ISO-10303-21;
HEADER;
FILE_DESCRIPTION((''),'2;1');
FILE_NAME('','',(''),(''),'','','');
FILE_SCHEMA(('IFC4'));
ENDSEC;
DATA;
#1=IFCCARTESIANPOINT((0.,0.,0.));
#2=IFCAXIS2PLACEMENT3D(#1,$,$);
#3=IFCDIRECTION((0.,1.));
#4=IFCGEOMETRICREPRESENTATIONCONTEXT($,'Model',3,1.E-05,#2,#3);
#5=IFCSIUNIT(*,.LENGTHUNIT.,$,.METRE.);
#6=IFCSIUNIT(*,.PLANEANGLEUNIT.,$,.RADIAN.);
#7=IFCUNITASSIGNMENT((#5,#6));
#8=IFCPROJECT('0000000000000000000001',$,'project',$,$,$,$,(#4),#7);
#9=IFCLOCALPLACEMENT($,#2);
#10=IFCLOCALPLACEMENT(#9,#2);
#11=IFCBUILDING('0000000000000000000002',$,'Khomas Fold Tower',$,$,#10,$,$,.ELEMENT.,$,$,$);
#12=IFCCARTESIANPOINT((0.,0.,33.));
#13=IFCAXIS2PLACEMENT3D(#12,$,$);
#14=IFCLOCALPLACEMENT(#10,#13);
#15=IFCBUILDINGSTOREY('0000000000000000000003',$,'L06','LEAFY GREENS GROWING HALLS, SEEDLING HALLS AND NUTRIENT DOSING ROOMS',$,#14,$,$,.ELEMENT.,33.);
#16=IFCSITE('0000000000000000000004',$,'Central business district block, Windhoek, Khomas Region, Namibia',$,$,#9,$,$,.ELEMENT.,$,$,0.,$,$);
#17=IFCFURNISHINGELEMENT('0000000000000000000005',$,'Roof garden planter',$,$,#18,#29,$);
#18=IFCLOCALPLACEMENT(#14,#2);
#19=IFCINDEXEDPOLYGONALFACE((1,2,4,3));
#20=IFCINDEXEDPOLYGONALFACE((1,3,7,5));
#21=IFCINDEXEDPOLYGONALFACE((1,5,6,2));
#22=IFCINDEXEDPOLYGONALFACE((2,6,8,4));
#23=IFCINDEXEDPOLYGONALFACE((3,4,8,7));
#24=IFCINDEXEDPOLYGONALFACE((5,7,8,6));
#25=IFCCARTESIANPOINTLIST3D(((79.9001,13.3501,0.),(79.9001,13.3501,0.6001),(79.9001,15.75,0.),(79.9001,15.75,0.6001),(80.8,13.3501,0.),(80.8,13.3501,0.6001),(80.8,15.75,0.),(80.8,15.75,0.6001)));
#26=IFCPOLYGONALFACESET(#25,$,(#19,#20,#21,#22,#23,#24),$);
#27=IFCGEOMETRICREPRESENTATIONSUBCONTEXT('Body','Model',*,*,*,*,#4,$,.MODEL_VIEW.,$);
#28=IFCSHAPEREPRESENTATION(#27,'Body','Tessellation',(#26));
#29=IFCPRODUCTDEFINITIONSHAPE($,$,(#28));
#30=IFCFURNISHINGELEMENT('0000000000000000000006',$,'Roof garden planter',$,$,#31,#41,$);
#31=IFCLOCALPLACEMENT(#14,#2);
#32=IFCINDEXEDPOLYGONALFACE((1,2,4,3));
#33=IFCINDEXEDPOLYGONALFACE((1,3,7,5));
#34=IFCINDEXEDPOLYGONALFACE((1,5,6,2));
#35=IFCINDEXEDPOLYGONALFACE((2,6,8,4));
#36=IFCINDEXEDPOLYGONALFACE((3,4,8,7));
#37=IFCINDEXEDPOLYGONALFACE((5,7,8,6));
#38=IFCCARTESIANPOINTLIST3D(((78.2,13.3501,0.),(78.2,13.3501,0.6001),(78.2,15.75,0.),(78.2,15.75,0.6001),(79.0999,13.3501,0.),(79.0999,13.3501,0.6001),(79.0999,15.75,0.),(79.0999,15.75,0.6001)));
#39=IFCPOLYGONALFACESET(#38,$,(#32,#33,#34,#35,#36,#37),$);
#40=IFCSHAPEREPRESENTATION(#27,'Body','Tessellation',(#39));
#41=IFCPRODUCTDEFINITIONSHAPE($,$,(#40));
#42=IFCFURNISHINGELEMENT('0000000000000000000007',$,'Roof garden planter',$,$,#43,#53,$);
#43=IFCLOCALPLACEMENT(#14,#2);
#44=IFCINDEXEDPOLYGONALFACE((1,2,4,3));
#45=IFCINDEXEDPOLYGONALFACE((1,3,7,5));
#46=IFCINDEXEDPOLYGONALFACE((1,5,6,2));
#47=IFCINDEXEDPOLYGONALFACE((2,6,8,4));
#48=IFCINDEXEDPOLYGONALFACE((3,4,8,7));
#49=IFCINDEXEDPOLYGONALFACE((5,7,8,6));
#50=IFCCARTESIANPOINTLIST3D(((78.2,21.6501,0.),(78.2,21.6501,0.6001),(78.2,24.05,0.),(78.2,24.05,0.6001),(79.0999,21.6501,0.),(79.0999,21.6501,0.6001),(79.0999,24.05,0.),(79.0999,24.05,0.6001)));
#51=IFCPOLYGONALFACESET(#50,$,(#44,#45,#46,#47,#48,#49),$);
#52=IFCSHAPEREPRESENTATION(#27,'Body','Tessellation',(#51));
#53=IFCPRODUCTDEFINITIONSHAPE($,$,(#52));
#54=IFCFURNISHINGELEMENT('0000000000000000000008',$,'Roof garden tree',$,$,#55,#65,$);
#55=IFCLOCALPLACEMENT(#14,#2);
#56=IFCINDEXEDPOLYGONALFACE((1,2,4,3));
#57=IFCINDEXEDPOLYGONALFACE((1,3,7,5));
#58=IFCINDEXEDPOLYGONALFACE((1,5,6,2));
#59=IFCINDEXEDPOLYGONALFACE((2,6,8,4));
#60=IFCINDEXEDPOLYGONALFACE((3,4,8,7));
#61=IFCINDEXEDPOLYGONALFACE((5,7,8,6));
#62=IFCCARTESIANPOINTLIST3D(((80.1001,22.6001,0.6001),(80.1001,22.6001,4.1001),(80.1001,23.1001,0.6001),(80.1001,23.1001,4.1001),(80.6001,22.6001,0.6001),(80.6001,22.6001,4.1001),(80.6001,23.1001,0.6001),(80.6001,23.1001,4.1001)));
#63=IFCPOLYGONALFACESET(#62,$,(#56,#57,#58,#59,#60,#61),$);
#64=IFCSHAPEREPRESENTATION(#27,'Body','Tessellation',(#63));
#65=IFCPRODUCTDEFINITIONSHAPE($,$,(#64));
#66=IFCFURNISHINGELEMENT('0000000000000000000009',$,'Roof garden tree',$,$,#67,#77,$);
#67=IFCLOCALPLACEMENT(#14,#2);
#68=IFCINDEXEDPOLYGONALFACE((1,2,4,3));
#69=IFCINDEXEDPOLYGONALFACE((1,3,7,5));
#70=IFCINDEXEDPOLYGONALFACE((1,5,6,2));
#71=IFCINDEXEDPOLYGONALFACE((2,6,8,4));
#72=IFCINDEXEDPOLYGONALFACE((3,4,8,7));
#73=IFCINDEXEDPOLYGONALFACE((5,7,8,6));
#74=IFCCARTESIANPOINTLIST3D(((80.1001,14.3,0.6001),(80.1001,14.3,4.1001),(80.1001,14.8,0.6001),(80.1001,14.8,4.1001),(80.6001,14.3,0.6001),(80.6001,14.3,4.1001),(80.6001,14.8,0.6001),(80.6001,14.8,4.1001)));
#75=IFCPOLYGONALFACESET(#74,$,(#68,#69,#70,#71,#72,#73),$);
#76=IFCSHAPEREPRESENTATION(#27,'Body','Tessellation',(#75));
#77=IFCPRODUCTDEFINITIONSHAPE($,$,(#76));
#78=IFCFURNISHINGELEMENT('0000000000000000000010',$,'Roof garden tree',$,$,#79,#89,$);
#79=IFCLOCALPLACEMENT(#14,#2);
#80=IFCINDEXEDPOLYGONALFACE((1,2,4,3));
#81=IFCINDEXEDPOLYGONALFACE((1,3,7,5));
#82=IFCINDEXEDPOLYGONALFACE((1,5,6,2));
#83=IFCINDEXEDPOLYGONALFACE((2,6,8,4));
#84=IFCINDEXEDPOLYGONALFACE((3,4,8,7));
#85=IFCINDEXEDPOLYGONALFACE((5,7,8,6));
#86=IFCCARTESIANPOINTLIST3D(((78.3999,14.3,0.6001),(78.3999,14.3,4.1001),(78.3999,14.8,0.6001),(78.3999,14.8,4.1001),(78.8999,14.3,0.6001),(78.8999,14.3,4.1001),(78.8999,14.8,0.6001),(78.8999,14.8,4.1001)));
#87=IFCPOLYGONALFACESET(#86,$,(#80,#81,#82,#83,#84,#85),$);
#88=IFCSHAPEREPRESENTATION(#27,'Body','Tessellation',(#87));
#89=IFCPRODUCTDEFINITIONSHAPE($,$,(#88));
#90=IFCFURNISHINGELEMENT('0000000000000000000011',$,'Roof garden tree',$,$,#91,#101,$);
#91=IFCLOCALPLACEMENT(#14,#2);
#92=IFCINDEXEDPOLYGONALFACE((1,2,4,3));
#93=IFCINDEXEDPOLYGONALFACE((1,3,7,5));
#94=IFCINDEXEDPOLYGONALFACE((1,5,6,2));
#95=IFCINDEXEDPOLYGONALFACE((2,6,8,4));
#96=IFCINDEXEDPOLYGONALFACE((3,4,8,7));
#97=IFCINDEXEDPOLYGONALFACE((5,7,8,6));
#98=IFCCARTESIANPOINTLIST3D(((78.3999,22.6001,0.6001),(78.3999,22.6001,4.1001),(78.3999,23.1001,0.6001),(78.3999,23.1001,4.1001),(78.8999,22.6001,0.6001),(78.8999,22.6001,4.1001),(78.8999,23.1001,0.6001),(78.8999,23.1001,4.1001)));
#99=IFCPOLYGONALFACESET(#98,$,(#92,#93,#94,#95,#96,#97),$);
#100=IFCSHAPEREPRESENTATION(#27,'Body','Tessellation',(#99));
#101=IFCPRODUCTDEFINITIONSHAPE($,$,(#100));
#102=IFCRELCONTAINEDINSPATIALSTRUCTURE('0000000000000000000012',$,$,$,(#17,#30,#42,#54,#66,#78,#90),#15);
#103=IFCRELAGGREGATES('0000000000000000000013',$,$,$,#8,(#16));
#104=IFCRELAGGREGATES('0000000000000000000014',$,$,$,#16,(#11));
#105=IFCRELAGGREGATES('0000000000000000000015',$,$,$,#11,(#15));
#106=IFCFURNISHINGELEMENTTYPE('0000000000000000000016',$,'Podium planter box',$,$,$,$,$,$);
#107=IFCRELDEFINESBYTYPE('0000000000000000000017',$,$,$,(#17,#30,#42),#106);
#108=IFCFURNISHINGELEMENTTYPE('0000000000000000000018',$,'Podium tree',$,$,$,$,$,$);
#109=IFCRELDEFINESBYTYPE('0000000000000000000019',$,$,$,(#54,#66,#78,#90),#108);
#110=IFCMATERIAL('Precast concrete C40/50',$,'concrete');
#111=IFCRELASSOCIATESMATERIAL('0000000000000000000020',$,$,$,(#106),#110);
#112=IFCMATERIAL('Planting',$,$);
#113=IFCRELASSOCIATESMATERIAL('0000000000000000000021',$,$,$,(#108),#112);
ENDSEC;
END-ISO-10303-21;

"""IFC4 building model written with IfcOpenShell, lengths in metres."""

from ifc_helpers import new_model, si_unit, direction, frame, origin, origin_2d, place, context, subcontext, project, spatial, rectangle, extrude, source, transform, mapped, material, type_object, element, save


model = new_model("IFC4")

# Units and contexts
model_context = context("Model", 3, precision=1e-05, world=origin(), true_north=direction((0.0, 1.0)))
body_context = subcontext(model_context, "Body", "Model", "MODEL_VIEW")
ifc_project = project(units=[si_unit("LENGTHUNIT", "METRE"), si_unit("PLANEANGLEUNIT", "RADIAN")], contexts=[model_context])

# Site, building, storey
site_placement = place(None, origin())
site = spatial("IfcSite", under=ifc_project, at=site_placement, Name="Central business district block, Windhoek, Khomas Region, Namibia", CompositionType="ELEMENT", RefElevation=0.0)
building_placement = place(site_placement, origin())
building = spatial("IfcBuilding", under=site, at=building_placement, Name="Khomas Fold Tower", CompositionType="ELEMENT")
storey_placement = place(building_placement, frame((0.0, 0.0, 33.0)))
storey = spatial("IfcBuildingStorey", under=building, at=storey_placement, Name="L06", Description="LEAFY GREENS GROWING HALLS, SEEDLING HALLS AND NUTRIENT DOSING ROOMS", CompositionType="ELEMENT", Elevation=33.0)

# Furnishing elements
ifc_material_1 = material(Name="Precast concrete C40/50", Category="concrete")
furnishing_element_type_1 = type_object("IfcFurnishingElementType", Name="Podium planter box", material=ifc_material_1)
shared_shape_1 = source(origin(), body_context, "Body", "SweptSolid", [
    extrude(rectangle(XDim=2.3999, YDim=0.8999, at=origin_2d()), origin(), (0.0, 0.0, 1.0), 0.6001),
])
for number, where, z_axis, x_axis, name in (
    (1, (80.3501, 14.55, 0.0), (0.0, 0.0, 1.0), (0.0, -1.0, 0.0), "Roof garden planter"),
    (2, (78.6499, 14.55, 0.0), (0.0, 0.0, 1.0), (0.0, 1.0, 0.0), "Roof garden planter"),
    (3, (78.6499, 22.8501, 0.0), (0.0, 0.0, 1.0), (0.0, 1.0, 0.0), "Roof garden planter"),
):
    element("IfcFurnishingElement", number, at=place(storey_placement, frame(where, z_axis=z_axis, x_axis=x_axis)), inside=storey, type_object=furnishing_element_type_1, Name=name, context=body_context, shape_type="MappedRepresentation", body=[
        mapped(shared_shape_1, transform((0.0, 0.0, 0.0))),
    ])
ifc_material_2 = material(Name="Planting")
furnishing_element_type_2 = type_object("IfcFurnishingElementType", Name="Podium tree", material=ifc_material_2)
shared_shape_2 = source(origin(), body_context, "Body", "SweptSolid", [
    extrude(rectangle(XDim=0.5, YDim=0.5, at=origin_2d()), origin(), (0.0, 0.0, 1.0), 3.5),
])
for number, where, z_axis, x_axis, name in (
    (4, (80.3501, 22.8501, 0.6001), (0.0, 0.0, 1.0), (1.0, 0.0, 0.0), "Roof garden tree"),
    (5, (80.3501, 14.55, 0.6001), (0.0, 0.0, 1.0), (1.0, 0.0, 0.0), "Roof garden tree"),
    (6, (78.6499, 14.55, 0.6001), (0.0, 0.0, 1.0), (1.0, 0.0, 0.0), "Roof garden tree"),
    (7, (78.6499, 22.8501, 0.6001), (0.0, 0.0, 1.0), (1.0, 0.0, 0.0), "Roof garden tree"),
):
    element("IfcFurnishingElement", number, at=place(storey_placement, frame(where, z_axis=z_axis, x_axis=x_axis)), inside=storey, type_object=furnishing_element_type_2, Name=name, context=body_context, shape_type="MappedRepresentation", body=[
        mapped(shared_shape_2, transform((0.0, 0.0, 0.0))),
    ])

save(model, "model.ifc")
